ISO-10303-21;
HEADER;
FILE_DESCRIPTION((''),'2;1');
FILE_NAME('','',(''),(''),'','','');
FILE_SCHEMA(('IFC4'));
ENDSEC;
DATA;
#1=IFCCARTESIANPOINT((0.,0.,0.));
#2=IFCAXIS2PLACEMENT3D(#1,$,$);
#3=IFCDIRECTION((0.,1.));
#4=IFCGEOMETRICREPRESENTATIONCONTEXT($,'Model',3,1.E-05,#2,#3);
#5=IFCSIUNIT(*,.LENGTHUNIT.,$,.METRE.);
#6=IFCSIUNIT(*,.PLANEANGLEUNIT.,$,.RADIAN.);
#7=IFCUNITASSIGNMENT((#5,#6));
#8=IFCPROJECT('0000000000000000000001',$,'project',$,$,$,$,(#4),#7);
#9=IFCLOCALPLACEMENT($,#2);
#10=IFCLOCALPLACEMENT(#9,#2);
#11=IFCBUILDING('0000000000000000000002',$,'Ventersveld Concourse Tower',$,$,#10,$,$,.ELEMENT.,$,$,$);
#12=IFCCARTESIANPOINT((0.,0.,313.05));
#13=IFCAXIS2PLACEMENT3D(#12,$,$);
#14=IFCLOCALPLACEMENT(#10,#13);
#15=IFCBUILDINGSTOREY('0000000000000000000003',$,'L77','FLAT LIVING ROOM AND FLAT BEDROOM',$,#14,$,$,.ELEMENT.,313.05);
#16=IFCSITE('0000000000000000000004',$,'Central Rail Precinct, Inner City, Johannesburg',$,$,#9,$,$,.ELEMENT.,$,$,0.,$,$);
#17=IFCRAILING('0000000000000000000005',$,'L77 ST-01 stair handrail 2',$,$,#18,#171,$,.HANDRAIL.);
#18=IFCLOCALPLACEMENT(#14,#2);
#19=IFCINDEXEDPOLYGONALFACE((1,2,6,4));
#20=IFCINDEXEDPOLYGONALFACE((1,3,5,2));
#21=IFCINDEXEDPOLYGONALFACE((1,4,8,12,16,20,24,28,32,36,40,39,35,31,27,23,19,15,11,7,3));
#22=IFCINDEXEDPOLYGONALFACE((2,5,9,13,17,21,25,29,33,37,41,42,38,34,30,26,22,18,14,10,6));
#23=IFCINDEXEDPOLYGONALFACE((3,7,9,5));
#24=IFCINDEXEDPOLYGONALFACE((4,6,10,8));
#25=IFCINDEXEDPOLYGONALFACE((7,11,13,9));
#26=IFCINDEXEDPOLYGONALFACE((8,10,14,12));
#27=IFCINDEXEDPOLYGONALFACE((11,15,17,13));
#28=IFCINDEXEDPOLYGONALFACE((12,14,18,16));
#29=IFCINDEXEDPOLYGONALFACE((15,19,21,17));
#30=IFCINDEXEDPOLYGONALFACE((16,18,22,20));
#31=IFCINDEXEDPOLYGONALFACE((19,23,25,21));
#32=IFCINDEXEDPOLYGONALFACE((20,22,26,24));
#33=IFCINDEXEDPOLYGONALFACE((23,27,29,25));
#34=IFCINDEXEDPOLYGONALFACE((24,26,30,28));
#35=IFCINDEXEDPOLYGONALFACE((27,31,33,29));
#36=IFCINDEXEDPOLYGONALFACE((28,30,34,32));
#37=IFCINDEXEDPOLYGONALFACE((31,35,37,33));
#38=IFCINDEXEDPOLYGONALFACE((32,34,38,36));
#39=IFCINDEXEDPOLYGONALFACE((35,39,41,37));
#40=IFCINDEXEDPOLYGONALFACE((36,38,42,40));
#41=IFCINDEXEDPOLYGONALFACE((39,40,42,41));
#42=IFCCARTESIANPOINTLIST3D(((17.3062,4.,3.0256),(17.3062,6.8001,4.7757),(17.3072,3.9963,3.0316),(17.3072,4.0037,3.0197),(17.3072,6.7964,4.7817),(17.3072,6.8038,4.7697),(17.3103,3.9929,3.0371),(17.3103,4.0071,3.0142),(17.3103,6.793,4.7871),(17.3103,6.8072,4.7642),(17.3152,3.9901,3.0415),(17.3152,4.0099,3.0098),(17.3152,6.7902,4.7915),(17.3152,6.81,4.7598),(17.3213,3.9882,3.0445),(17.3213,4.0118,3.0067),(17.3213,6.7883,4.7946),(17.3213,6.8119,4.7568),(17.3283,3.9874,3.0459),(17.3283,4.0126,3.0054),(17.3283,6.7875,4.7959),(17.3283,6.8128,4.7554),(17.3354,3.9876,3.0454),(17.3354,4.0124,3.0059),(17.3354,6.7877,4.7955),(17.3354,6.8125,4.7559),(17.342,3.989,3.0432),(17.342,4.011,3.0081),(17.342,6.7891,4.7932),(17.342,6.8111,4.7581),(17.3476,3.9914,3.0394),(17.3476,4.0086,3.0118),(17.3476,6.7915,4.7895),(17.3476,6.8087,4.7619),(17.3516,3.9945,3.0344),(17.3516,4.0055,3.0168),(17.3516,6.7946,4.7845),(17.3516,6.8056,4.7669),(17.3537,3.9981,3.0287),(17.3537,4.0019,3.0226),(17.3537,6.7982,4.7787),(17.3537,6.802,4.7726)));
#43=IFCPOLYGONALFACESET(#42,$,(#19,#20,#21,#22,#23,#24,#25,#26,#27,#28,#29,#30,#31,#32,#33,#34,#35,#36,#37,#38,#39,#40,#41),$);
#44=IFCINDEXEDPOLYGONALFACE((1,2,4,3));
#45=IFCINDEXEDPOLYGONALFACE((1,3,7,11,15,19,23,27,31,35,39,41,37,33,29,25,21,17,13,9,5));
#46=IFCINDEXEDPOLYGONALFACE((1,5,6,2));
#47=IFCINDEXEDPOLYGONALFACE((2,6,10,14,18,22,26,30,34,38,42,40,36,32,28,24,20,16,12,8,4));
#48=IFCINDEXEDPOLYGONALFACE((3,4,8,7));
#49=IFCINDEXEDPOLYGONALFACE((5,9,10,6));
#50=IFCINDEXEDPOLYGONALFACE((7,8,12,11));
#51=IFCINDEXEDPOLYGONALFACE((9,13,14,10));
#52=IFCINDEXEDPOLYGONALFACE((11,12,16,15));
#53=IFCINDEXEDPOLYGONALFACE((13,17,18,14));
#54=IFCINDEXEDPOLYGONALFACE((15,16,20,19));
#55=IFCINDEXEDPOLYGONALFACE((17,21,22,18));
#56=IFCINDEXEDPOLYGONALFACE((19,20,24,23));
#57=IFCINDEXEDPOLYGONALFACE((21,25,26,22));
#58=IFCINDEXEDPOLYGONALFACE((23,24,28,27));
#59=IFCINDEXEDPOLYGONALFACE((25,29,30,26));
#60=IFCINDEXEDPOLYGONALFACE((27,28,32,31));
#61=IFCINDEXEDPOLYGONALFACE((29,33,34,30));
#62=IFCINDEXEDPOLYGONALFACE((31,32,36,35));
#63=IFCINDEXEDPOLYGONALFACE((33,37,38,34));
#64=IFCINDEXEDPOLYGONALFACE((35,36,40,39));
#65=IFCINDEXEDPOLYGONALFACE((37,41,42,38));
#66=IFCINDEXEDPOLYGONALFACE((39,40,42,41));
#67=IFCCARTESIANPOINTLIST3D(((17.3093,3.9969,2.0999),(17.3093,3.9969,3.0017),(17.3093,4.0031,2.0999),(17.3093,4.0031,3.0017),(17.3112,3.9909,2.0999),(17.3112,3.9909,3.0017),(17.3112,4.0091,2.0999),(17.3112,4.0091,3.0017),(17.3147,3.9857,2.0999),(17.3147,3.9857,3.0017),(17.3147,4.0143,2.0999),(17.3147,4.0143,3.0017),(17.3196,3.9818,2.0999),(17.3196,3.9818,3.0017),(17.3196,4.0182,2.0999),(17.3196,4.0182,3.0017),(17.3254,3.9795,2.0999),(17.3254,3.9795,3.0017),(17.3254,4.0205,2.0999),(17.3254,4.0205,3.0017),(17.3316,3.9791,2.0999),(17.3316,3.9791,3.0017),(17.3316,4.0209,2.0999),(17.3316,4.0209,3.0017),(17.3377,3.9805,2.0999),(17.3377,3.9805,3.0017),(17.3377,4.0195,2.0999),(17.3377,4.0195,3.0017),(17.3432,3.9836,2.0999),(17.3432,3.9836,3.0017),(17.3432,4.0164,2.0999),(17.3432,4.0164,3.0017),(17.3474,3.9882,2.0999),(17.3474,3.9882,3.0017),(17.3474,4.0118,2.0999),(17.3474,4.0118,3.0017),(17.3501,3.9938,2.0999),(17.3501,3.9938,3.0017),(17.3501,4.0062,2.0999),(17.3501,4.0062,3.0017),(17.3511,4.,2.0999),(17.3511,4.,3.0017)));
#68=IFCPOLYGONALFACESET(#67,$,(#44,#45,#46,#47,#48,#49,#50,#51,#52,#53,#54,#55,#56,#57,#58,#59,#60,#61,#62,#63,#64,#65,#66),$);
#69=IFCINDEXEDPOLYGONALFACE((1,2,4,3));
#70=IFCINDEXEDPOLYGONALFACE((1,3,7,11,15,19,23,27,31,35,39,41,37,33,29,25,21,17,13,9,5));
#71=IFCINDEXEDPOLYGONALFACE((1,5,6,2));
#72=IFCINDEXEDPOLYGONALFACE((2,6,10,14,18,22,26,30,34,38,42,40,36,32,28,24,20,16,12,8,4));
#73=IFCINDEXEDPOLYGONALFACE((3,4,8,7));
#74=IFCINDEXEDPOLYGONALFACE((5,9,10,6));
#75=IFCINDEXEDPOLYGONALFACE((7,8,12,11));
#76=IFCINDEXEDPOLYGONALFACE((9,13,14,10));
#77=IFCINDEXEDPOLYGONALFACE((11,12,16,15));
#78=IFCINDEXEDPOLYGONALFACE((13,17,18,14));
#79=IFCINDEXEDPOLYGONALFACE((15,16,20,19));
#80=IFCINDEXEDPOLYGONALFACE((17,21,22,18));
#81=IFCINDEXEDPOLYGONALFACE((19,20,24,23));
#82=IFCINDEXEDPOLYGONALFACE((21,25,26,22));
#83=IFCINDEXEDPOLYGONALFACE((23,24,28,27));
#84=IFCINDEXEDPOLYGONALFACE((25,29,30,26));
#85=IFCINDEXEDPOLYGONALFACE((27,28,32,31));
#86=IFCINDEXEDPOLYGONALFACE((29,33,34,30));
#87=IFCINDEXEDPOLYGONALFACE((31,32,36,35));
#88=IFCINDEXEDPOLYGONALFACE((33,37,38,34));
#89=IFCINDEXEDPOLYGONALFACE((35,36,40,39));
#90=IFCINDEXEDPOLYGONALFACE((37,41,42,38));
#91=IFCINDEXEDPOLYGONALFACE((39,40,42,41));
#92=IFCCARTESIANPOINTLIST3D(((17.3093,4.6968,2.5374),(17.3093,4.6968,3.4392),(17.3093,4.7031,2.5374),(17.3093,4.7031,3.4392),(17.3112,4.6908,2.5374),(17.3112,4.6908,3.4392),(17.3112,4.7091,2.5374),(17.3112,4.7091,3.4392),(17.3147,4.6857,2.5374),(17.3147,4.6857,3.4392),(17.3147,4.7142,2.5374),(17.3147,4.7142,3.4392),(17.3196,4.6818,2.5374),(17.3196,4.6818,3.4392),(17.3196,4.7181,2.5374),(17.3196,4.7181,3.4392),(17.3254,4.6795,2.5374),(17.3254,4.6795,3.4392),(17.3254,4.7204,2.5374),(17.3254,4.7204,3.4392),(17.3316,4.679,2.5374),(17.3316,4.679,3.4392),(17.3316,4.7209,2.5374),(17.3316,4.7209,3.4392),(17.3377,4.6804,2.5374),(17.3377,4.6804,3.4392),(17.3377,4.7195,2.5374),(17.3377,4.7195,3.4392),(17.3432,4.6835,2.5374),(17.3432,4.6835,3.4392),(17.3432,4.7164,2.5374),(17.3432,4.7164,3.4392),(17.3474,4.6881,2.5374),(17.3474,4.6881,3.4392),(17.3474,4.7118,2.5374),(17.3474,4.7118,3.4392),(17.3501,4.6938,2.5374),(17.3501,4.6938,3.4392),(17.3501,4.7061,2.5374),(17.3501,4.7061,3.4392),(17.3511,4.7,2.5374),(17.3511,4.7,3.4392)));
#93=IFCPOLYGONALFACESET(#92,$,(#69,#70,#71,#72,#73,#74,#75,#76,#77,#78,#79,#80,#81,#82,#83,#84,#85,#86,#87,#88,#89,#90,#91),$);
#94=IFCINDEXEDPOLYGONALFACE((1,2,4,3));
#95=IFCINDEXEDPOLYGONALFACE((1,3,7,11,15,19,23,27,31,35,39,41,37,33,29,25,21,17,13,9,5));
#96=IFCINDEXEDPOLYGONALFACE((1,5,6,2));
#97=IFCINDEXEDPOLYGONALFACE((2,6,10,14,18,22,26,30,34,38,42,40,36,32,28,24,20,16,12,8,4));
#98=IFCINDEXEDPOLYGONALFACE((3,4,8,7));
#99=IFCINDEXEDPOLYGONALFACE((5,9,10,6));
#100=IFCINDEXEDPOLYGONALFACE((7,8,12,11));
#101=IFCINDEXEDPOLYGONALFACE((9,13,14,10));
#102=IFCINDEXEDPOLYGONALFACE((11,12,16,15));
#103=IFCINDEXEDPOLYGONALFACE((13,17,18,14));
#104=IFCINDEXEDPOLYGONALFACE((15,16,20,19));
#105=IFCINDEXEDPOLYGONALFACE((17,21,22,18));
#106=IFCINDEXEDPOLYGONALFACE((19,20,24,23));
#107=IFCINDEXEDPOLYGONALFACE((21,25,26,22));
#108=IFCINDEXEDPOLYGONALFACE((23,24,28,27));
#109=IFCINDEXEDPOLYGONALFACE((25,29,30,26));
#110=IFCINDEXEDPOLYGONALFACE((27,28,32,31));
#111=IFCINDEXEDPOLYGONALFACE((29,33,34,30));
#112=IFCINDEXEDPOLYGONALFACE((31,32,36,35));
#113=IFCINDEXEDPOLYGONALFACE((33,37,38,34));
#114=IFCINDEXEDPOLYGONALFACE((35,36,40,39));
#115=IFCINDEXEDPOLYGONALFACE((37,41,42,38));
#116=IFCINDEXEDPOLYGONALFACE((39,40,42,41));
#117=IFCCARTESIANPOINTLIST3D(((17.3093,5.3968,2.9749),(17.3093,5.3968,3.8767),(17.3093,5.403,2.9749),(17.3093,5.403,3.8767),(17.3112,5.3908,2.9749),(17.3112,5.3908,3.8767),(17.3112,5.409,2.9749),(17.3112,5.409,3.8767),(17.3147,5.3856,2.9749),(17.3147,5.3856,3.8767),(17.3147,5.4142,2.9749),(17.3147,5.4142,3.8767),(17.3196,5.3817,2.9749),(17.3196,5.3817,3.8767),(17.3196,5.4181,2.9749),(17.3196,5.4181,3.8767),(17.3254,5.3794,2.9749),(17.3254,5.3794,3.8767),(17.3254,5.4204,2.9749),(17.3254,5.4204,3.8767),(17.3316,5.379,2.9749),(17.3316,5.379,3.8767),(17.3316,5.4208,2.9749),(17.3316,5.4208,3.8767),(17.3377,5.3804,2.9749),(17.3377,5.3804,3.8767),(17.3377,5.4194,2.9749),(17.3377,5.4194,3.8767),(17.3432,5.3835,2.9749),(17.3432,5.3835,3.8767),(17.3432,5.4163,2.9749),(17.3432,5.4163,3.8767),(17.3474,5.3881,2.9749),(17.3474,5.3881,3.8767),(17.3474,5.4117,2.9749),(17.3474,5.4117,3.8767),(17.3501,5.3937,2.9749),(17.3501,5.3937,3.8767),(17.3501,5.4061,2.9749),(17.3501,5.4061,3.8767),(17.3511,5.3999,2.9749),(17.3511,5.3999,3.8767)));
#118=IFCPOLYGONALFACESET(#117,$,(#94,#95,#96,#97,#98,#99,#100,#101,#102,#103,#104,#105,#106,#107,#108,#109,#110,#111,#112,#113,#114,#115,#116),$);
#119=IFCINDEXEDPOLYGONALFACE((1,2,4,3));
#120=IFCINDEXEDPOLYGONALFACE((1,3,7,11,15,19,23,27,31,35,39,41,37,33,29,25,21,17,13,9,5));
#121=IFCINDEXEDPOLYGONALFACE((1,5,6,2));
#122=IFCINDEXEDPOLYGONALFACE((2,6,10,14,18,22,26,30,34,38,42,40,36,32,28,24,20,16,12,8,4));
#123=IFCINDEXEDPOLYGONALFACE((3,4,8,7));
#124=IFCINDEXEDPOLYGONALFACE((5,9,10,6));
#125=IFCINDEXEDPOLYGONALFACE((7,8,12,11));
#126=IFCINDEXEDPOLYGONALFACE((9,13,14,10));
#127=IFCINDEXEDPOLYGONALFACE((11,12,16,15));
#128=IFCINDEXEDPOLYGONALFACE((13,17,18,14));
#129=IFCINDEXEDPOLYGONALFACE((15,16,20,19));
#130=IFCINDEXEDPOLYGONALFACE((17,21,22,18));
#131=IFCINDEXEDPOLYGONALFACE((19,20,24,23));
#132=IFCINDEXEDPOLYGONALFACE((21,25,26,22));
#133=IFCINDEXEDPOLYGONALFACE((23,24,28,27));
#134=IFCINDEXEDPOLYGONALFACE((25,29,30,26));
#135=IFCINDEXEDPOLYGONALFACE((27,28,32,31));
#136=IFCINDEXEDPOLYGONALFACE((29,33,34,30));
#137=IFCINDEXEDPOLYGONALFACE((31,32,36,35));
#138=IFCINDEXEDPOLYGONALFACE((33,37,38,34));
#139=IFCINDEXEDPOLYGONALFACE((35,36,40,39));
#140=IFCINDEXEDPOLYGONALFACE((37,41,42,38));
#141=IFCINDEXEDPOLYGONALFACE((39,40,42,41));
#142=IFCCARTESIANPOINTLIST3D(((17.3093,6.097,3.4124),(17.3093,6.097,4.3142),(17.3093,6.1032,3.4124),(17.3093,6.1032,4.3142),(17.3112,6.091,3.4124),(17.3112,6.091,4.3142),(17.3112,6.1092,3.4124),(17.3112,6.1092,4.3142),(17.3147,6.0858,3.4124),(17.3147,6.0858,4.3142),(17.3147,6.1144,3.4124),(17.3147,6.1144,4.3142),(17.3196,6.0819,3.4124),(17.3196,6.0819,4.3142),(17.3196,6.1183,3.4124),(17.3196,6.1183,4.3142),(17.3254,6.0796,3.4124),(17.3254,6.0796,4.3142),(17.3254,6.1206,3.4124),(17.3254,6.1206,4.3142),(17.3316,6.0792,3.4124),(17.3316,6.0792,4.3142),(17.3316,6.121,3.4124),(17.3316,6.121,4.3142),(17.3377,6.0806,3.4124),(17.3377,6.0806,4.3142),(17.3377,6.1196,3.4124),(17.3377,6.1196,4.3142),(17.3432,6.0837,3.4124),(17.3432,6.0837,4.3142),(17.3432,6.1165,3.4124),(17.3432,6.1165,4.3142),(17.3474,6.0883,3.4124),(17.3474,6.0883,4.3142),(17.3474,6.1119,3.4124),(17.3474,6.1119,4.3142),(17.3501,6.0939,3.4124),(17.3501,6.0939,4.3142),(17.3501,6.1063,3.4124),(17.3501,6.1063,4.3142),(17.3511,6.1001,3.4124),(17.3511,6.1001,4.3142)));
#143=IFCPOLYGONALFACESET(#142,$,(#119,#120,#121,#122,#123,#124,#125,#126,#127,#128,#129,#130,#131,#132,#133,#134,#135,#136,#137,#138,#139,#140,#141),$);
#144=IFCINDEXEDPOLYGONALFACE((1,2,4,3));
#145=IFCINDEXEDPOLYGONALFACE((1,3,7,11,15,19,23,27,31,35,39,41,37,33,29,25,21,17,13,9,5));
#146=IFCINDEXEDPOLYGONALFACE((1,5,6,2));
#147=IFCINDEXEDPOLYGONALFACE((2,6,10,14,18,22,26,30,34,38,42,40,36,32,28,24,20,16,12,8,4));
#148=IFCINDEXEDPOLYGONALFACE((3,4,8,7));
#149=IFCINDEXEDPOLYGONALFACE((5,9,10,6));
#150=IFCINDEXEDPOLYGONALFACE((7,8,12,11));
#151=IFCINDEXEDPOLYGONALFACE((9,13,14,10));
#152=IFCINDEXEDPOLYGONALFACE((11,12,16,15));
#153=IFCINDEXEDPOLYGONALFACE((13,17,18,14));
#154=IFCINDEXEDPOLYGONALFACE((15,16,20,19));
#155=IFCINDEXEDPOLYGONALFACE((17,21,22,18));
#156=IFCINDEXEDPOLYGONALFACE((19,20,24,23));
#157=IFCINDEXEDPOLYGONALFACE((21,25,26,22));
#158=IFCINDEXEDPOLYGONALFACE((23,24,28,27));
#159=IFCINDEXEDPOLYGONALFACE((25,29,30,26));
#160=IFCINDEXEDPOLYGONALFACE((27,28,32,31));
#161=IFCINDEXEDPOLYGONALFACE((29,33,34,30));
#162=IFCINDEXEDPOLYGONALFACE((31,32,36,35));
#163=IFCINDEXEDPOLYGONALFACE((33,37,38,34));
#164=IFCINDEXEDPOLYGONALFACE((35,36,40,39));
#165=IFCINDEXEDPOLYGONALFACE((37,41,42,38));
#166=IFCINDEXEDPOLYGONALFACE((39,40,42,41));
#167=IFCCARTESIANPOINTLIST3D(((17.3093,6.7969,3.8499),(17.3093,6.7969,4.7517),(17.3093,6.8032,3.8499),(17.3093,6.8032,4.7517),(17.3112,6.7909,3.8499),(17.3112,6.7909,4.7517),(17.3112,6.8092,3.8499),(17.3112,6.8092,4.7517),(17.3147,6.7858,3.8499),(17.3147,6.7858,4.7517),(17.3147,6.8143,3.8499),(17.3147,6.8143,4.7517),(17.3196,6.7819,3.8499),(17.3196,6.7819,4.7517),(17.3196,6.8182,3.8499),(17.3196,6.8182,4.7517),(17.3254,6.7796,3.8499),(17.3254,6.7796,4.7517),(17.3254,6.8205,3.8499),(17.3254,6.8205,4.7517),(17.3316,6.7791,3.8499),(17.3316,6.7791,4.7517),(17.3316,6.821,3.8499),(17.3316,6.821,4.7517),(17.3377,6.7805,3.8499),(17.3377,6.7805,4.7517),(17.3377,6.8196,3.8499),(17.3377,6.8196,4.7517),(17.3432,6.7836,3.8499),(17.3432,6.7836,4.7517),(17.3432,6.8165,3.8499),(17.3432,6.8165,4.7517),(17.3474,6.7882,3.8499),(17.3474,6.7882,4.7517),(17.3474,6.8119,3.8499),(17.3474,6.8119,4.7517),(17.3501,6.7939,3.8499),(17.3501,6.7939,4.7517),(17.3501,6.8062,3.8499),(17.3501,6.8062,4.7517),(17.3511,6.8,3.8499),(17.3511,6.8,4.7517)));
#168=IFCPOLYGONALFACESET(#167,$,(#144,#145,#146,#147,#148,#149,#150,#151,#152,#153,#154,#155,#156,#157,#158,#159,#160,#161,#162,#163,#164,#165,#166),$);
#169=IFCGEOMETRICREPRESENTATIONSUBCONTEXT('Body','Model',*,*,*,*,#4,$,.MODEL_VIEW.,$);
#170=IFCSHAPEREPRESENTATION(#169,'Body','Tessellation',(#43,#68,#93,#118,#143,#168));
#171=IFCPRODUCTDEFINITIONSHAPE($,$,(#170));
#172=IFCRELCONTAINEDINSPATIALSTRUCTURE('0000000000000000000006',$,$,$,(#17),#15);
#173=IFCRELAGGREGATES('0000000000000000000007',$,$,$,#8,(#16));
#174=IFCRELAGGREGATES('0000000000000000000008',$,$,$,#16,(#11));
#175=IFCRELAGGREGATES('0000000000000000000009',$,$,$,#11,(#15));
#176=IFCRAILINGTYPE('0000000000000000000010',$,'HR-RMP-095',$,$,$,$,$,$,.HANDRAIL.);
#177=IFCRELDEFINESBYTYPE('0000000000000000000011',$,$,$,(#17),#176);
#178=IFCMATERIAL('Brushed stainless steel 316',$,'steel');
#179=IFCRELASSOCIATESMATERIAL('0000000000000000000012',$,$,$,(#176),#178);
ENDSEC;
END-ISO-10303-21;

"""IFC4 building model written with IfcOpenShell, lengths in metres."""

from ifc_helpers import new_model, si_unit, direction, frame, origin, origin_2d, place, context, subcontext, project, spatial, circle, extrude, material, type_object, element, save


model = new_model("IFC4")

# Units and contexts
model_context = context("Model", 3, precision=1e-05, world=origin(), true_north=direction((0.0, 1.0)))
body_context = subcontext(model_context, "Body", "Model", "MODEL_VIEW")
ifc_project = project(units=[si_unit("LENGTHUNIT", "METRE"), si_unit("PLANEANGLEUNIT", "RADIAN")], contexts=[model_context])

# Site, building, storey
site_placement = place(None, origin())
site = spatial("IfcSite", under=ifc_project, at=site_placement, Name="Central Rail Precinct, Inner City, Johannesburg", CompositionType="ELEMENT", RefElevation=0.0)
building_placement = place(site_placement, origin())
building = spatial("IfcBuilding", under=site, at=building_placement, Name="Ventersveld Concourse Tower", CompositionType="ELEMENT")
storey_placement = place(building_placement, frame((0.0, 0.0, 313.05)))
storey = spatial("IfcBuildingStorey", under=building, at=storey_placement, Name="L77", Description="FLAT LIVING ROOM AND FLAT BEDROOM", CompositionType="ELEMENT", Elevation=313.05)

# Railing
ifc_material_1 = material(Name="Brushed stainless steel 316", Category="steel")
railing_type_1 = type_object("IfcRailingType", Name="HR-RMP-095", PredefinedType="HANDRAIL", material=ifc_material_1)
railing_1_placement = place(storey_placement, frame((17.3301, 4.0, 2.0999)))
element("IfcRailing", 1, at=railing_1_placement, inside=storey, type_object=railing_type_1, Name="L77 ST-01 stair handrail 2", PredefinedType="HANDRAIL", context=body_context, shape_type="SweptSolid", body=[
    extrude(circle(Radius=0.0239, at=origin_2d()), frame((0.0, 0.0, 0.9258), z_axis=(0.0, 0.848002, 0.529992), x_axis=(-1.0, 0.0, 0.0)), (0.0, 0.0, 1.0), 3.302),
    extrude(circle(Radius=0.021, at=origin_2d()), origin(), (0.0, 0.0, 1.0), 0.9019),
    extrude(circle(Radius=0.021, at=origin_2d()), frame((0.0, 0.7, 0.4375)), (0.0, 0.0, 1.0), 0.9019),
    extrude(circle(Radius=0.021, at=origin_2d()), frame((0.0, 1.3999, 0.875)), (0.0, 0.0, 1.0), 0.9019),
    extrude(circle(Radius=0.021, at=origin_2d()), frame((0.0, 2.1001, 1.3125)), (0.0, 0.0, 1.0), 0.9019),
    extrude(circle(Radius=0.021, at=origin_2d()), frame((0.0, 2.8, 1.75)), (0.0, 0.0, 1.0), 0.9019),
])

save(model, "model.ifc")
